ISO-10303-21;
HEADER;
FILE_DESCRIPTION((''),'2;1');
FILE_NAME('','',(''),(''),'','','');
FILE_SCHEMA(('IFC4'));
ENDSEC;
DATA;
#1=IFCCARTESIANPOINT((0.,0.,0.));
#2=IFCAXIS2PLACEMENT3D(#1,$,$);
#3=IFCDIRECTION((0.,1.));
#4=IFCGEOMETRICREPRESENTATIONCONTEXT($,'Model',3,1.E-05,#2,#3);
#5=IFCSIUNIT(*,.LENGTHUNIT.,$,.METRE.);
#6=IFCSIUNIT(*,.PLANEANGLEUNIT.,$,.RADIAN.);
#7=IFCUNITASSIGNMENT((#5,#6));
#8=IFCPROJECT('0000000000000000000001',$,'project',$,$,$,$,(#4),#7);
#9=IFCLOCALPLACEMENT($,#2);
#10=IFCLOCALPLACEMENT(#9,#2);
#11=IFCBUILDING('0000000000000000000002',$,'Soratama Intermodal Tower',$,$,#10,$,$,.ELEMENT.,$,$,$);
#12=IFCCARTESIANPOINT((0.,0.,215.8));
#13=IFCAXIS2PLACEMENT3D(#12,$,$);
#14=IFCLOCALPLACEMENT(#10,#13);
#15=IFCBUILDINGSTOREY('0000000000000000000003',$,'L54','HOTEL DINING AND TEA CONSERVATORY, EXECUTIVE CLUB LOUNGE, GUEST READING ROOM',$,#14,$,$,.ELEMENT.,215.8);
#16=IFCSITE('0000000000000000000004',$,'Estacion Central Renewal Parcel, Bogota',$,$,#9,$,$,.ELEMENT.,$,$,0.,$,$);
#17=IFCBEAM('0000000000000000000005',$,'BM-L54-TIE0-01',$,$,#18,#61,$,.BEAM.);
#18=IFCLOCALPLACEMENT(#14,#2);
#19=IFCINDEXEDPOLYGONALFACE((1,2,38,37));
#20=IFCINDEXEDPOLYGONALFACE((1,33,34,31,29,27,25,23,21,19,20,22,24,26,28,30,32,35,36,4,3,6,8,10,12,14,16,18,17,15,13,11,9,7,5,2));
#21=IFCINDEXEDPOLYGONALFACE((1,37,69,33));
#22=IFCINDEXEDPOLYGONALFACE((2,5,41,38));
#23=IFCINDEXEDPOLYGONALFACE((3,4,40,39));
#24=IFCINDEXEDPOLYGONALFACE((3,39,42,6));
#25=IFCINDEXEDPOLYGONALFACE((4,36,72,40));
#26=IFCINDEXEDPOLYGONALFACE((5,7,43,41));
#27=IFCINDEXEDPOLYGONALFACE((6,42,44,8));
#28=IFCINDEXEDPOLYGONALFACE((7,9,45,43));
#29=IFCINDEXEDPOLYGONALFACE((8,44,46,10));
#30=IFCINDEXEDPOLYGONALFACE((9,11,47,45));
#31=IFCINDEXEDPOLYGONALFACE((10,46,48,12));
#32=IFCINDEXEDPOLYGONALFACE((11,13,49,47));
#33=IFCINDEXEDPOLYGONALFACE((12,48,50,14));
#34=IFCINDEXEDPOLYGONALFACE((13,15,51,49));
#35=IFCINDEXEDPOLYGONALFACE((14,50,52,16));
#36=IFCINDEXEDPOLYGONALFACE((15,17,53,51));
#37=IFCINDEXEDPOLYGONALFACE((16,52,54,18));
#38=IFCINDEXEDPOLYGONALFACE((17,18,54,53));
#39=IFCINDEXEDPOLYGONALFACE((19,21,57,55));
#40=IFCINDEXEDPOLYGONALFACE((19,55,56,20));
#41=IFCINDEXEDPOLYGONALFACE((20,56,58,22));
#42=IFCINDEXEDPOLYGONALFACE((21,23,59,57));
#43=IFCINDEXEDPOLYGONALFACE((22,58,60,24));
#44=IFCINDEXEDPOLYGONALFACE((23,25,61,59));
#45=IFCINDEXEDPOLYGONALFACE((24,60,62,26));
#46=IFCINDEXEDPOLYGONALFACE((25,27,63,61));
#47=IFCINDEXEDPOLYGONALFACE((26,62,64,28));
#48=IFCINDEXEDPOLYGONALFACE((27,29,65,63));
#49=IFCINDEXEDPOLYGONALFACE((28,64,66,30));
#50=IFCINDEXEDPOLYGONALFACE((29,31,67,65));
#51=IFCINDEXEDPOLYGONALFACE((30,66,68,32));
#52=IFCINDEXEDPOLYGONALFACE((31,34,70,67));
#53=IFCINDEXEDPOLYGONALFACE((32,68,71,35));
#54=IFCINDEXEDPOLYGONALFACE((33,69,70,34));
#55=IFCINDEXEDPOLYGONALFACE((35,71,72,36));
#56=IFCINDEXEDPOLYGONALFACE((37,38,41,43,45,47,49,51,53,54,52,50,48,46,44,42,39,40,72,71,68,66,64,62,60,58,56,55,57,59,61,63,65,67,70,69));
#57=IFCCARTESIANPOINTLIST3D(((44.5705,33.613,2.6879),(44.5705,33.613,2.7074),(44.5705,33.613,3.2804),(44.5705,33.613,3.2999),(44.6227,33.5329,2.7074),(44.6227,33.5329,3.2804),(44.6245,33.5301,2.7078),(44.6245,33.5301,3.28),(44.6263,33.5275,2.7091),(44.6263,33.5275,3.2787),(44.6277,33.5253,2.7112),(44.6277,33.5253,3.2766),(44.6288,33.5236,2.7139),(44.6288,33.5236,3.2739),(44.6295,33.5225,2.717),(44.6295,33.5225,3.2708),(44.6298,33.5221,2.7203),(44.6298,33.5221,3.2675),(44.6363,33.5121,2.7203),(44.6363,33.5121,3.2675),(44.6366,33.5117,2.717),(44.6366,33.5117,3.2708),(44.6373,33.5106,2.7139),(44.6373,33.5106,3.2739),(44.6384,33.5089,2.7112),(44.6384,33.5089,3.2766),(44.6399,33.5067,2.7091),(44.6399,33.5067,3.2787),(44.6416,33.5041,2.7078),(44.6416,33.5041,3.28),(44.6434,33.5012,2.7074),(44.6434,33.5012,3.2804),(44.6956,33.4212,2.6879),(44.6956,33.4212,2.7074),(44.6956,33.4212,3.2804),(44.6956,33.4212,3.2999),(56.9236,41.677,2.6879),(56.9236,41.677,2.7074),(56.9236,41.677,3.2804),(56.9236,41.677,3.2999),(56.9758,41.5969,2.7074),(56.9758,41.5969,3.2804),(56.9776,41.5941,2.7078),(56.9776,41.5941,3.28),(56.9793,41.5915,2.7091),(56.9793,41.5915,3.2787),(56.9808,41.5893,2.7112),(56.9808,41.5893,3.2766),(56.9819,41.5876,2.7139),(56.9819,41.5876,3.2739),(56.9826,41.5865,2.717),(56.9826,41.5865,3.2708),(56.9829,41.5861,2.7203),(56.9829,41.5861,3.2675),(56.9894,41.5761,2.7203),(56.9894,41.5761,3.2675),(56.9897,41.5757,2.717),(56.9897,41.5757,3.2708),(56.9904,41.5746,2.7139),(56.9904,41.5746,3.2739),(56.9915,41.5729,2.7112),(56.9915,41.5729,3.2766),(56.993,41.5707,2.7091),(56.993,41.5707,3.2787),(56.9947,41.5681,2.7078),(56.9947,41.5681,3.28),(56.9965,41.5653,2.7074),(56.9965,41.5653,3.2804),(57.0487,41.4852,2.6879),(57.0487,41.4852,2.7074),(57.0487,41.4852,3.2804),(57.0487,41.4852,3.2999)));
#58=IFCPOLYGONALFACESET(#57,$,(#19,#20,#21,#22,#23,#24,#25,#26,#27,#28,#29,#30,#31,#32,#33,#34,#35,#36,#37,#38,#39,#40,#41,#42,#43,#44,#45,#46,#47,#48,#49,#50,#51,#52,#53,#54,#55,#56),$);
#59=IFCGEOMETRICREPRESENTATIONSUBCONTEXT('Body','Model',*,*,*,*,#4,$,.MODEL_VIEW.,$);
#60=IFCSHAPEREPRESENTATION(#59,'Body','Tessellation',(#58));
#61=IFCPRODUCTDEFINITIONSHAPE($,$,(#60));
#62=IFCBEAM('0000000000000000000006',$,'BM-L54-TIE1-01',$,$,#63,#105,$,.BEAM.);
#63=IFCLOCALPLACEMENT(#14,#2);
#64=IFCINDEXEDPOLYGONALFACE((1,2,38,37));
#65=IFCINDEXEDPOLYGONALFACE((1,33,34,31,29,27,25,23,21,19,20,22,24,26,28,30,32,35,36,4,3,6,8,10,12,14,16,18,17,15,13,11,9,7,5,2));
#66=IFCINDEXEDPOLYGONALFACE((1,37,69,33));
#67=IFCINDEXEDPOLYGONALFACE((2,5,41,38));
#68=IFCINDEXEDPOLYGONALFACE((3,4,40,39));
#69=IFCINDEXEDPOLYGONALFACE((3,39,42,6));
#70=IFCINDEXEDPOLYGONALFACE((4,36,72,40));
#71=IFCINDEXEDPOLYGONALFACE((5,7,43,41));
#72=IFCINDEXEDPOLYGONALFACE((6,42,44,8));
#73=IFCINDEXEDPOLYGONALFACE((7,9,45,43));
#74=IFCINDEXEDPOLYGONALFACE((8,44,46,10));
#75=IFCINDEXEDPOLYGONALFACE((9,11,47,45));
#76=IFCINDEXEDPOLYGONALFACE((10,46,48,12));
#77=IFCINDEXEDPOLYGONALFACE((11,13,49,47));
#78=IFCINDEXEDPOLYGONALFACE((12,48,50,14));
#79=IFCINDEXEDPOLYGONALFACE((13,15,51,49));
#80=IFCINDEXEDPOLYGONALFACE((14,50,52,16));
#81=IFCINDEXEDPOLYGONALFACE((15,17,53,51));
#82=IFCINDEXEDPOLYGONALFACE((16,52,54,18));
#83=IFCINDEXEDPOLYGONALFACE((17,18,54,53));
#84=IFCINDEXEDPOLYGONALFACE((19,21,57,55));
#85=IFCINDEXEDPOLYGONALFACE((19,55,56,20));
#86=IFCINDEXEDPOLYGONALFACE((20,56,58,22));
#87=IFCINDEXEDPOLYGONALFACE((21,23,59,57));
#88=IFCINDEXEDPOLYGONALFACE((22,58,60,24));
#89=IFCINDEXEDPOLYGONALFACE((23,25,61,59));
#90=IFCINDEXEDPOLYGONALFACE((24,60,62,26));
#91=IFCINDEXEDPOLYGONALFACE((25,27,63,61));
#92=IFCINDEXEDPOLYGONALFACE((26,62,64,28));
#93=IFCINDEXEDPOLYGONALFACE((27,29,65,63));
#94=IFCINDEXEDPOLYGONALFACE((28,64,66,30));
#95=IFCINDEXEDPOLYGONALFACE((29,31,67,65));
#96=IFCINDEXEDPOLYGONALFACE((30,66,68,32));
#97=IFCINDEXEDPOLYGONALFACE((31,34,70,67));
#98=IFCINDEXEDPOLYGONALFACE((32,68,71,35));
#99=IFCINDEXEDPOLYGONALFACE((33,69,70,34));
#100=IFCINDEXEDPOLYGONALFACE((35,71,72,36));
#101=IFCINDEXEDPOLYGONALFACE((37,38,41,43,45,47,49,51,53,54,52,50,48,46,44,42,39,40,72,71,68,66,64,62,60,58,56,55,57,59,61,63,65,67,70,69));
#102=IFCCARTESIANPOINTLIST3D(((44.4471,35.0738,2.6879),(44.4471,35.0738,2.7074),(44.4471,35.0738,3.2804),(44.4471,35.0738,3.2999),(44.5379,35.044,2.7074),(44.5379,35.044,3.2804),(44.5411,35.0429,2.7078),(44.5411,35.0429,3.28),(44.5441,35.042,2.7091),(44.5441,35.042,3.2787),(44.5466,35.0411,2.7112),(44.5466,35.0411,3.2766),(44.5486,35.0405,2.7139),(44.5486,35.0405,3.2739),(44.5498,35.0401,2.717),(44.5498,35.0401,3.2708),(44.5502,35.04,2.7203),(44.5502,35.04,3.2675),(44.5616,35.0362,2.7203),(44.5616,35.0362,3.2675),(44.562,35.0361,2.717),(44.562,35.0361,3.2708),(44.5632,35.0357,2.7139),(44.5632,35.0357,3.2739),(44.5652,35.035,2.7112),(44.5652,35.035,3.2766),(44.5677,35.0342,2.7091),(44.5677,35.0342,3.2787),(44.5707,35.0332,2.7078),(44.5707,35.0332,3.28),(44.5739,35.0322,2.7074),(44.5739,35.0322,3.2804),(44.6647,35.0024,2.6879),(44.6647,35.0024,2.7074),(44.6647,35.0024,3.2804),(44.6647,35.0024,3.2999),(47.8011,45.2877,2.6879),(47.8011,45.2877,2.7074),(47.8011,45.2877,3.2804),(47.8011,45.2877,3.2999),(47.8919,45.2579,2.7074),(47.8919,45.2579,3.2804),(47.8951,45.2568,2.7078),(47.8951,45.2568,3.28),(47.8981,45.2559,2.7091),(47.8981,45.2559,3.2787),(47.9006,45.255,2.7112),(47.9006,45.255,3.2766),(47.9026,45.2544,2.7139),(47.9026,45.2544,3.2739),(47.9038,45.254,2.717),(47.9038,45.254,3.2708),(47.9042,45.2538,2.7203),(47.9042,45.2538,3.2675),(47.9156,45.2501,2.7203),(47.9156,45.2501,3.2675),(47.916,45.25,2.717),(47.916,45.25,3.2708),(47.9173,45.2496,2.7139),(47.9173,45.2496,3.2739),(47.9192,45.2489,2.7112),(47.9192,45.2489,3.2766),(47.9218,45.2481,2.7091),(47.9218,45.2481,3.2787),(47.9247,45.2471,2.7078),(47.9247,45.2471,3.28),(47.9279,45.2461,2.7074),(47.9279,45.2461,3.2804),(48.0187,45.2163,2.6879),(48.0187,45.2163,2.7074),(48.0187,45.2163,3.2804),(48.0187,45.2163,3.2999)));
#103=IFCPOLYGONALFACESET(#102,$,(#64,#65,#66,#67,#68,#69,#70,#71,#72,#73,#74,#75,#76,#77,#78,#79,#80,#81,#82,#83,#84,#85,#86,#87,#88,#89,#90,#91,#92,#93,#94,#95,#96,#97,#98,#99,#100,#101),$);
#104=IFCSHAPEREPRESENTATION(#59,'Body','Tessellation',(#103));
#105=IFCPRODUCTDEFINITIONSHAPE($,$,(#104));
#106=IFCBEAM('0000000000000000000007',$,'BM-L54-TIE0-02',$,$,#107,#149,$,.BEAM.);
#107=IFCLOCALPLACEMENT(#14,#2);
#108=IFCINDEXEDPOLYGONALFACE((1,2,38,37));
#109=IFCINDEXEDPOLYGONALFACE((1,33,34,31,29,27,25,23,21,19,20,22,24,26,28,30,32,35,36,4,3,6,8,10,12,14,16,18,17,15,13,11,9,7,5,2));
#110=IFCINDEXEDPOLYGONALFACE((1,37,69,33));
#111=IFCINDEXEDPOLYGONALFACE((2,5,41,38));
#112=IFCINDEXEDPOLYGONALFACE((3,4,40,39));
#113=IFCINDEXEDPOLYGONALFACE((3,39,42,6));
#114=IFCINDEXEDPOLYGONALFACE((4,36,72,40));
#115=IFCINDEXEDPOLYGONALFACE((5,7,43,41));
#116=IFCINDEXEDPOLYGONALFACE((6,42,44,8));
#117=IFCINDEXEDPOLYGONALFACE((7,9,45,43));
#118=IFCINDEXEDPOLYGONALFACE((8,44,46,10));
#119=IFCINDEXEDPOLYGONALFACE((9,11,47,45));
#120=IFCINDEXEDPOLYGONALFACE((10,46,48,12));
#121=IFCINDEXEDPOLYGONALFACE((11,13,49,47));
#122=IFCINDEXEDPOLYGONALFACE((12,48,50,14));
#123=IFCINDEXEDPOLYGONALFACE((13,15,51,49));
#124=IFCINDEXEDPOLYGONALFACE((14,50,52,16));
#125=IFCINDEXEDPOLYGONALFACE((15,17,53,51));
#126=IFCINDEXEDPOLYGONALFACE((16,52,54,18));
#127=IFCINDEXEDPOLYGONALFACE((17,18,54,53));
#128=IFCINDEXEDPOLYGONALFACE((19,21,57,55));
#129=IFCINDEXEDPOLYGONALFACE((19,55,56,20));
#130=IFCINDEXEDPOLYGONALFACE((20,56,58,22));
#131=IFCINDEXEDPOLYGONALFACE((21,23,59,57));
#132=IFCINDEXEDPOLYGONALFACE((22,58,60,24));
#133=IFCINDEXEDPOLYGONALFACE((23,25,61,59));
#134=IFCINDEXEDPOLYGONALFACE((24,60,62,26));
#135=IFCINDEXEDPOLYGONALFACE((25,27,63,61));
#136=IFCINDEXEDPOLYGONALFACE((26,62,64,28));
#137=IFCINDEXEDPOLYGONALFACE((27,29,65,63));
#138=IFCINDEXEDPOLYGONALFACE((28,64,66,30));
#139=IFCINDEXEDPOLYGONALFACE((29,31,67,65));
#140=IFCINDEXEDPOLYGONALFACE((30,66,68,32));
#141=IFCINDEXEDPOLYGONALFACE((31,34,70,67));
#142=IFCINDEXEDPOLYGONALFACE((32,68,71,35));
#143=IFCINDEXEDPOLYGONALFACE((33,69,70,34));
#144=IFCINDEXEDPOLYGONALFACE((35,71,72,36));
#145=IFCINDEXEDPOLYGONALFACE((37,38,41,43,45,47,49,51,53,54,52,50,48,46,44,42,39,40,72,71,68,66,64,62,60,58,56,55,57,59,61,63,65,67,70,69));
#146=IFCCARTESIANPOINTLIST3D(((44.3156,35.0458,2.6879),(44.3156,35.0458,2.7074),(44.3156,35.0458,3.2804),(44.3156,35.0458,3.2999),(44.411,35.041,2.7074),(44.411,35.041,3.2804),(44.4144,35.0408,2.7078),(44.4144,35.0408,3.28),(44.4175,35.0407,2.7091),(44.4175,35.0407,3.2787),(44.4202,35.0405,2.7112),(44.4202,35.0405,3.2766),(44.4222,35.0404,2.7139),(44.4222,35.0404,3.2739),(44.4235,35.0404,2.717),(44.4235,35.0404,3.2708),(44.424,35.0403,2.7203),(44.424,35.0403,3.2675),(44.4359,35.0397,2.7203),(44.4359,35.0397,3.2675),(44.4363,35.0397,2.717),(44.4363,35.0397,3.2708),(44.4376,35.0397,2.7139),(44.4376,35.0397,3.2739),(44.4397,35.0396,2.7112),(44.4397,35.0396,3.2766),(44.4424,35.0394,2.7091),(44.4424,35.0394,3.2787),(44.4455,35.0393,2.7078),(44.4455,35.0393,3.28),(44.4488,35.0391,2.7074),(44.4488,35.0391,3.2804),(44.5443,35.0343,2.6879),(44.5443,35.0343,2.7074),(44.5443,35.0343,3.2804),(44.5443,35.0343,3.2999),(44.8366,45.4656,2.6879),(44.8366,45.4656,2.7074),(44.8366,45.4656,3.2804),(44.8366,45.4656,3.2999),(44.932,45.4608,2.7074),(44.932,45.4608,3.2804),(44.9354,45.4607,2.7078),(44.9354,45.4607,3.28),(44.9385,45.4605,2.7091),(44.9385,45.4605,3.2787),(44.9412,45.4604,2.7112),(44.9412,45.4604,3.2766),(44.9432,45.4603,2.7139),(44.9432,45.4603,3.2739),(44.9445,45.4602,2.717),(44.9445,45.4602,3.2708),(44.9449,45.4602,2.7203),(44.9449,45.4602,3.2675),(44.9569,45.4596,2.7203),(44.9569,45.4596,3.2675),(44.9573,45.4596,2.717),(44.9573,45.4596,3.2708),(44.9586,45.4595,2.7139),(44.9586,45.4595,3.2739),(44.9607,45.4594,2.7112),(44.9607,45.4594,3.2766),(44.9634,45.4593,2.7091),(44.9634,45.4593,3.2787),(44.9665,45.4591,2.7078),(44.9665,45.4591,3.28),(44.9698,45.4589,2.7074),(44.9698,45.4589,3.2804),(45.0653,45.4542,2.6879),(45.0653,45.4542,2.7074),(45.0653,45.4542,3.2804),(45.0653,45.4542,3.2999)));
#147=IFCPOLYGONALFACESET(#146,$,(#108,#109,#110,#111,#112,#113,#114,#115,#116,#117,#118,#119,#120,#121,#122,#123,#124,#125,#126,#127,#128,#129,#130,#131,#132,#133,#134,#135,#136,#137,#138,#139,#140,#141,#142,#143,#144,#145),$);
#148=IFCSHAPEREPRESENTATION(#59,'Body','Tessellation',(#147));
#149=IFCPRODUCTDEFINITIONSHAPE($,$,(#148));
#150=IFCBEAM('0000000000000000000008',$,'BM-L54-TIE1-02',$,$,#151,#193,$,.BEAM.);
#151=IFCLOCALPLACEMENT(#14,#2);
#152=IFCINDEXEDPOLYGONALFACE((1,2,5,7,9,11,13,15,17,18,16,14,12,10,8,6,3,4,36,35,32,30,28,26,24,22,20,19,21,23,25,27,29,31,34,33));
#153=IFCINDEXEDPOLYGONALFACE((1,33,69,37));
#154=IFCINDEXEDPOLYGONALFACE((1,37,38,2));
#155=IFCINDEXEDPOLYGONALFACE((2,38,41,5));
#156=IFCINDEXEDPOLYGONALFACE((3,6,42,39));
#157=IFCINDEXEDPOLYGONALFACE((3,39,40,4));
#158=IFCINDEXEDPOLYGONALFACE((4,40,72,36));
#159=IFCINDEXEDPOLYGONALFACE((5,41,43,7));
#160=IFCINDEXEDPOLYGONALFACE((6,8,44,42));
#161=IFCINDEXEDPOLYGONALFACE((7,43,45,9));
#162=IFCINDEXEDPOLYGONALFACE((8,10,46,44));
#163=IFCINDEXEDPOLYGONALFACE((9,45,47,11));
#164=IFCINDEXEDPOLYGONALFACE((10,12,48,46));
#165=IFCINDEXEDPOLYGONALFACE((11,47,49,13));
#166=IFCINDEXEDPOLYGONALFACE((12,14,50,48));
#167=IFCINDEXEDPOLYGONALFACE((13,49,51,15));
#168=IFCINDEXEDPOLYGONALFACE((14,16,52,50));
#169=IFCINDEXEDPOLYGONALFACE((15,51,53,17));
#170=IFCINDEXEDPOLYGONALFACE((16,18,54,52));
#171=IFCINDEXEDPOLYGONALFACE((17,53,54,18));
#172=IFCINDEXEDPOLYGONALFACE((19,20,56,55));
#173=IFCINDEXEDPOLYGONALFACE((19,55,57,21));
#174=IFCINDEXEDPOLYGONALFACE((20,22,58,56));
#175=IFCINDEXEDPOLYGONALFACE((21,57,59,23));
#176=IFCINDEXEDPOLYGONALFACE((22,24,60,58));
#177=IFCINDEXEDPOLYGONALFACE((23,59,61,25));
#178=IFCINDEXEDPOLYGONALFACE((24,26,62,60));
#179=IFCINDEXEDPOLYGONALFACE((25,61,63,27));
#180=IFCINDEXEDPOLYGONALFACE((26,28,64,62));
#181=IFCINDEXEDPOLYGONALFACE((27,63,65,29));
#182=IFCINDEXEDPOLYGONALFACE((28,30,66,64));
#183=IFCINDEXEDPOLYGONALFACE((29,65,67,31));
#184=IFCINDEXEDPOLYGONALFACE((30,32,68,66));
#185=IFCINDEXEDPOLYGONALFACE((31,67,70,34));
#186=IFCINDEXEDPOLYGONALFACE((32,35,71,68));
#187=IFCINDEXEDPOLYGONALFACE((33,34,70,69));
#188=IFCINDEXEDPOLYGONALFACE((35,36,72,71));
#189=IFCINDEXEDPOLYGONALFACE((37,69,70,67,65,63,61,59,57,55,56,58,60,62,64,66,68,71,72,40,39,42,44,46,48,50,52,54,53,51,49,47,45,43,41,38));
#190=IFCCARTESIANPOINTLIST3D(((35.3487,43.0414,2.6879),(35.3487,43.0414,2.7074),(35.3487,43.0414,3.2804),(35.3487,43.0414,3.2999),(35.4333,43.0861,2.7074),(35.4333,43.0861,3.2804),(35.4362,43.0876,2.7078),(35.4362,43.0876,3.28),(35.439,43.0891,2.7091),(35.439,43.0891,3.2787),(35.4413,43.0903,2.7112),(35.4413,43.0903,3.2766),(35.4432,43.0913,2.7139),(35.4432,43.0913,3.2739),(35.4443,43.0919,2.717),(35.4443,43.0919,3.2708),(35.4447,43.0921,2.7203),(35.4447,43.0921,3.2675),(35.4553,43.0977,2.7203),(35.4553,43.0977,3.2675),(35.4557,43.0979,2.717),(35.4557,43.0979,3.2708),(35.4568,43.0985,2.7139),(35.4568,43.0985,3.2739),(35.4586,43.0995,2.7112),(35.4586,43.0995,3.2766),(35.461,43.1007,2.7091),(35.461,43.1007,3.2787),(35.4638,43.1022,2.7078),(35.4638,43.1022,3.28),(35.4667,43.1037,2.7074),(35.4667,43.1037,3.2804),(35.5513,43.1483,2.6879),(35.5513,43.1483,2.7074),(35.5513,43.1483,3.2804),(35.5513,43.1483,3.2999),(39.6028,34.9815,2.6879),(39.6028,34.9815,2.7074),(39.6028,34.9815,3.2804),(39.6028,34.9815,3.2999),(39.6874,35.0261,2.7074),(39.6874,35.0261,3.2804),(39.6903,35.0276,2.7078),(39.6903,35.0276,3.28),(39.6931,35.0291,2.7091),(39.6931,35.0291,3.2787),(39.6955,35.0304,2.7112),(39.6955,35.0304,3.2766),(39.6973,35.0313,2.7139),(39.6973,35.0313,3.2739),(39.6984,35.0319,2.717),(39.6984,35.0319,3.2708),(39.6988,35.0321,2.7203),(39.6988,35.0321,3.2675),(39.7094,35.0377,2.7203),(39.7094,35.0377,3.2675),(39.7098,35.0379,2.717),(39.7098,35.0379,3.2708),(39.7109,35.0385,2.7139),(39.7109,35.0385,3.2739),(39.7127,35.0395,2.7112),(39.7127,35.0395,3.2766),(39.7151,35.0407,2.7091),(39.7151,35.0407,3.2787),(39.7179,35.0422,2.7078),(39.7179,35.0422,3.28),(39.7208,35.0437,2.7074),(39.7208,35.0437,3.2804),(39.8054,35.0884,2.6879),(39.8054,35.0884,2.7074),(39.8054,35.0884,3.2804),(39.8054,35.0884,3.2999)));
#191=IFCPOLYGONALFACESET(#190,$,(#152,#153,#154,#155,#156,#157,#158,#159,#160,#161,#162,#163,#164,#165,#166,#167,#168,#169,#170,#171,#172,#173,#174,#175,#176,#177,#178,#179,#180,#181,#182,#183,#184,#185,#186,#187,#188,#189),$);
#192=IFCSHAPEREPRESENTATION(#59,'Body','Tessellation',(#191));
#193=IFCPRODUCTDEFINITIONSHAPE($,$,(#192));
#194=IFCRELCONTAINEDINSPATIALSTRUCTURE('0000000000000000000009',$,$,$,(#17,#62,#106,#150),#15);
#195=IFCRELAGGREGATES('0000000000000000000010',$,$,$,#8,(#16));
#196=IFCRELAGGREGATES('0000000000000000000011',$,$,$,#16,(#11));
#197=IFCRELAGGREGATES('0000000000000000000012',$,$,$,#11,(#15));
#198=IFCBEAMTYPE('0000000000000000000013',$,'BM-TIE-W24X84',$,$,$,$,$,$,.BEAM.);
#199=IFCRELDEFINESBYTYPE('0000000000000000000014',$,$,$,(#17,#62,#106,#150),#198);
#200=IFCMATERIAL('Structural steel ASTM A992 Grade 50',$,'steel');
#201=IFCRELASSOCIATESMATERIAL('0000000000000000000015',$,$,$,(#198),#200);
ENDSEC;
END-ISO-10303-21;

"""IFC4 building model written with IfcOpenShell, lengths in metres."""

from ifc_helpers import new_model, si_unit, direction, frame, origin, origin_2d, place, context, subcontext, project, spatial, i_section, extrude, material, material_profile, profile_set, type_object, element, save


model = new_model("IFC4")

# Units and contexts
model_context = context("Model", 3, precision=1e-05, world=origin(), true_north=direction((0.0, 1.0)))
body_context = subcontext(model_context, "Body", "Model", "MODEL_VIEW")
ifc_project = project(units=[si_unit("LENGTHUNIT", "METRE"), si_unit("PLANEANGLEUNIT", "RADIAN")], contexts=[model_context])

# Site, building, storey
site_placement = place(None, origin())
site = spatial("IfcSite", under=ifc_project, at=site_placement, Name="Estacion Central Renewal Parcel, Bogota", CompositionType="ELEMENT", RefElevation=0.0)
building_placement = place(site_placement, origin())
building = spatial("IfcBuilding", under=site, at=building_placement, Name="Soratama Intermodal Tower", CompositionType="ELEMENT")
storey_placement = place(building_placement, frame((0.0, 0.0, 215.8)))
storey = spatial("IfcBuildingStorey", under=building, at=storey_placement, Name="L54", Description="HOTEL DINING AND TEA CONSERVATORY, EXECUTIVE CLUB LOUNGE, GUEST READING ROOM", CompositionType="ELEMENT", Elevation=215.8)

# Beams
ifc_material_1 = material(Name="Structural steel ASTM A992 Grade 50", Category="steel")
ifc_material_profile_1 = material_profile(ifc_material_1, i_section(OverallWidth=0.229, OverallDepth=0.6121, WebThickness=0.012, FlangeThickness=0.0195, FilletRadius=0.0129, at=origin_2d()), Name="W24X84")
ifc_profile_set_1 = profile_set([ifc_material_profile_1], Name="Structural steel ASTM A992 Grade 50")
beam_type_1 = type_object("IfcBeamType", Name="BM-TIE-W24X84", PredefinedType="BEAM", material=ifc_profile_set_1)
beam_1_placement = place(storey_placement, frame((44.6331, 33.5171, 2.9939), z_axis=(0.837373, 0.546631, 0.0), x_axis=(-0.546631, 0.837373, 0.0)))
element("IfcBeam", 1, at=beam_1_placement, inside=storey, type_object=beam_type_1, Name="BM-L54-TIE0-01", PredefinedType="BEAM", context=body_context, shape_type="SweptSolid", body=[
    extrude(i_section(OverallWidth=0.229, OverallDepth=0.6121, WebThickness=0.012, FlangeThickness=0.0195, FilletRadius=0.0129, at=origin_2d()), origin(), (0.0, 0.0, 1.0), 14.7522),
])
beam_2_placement = place(storey_placement, frame((44.5559, 35.0381, 2.9939), z_axis=(0.311987, 0.950086, 0.0), x_axis=(-0.950086, 0.311987, 0.0)))
element("IfcBeam", 2, at=beam_2_placement, inside=storey, type_object=beam_type_1, Name="BM-L54-TIE1-01", PredefinedType="BEAM", context=body_context, shape_type="SweptSolid", body=[
    extrude(i_section(OverallWidth=0.229, OverallDepth=0.6121, WebThickness=0.012, FlangeThickness=0.0195, FilletRadius=0.0129, at=origin_2d()), origin(), (0.0, 0.0, 1.0), 10.7505),
])
beam_3_placement = place(storey_placement, frame((44.4299, 35.04, 2.9939), z_axis=(0.049938, 0.998752, 0.0), x_axis=(-0.998752, 0.049938, 0.0)))
element("IfcBeam", 3, at=beam_3_placement, inside=storey, type_object=beam_type_1, Name="BM-L54-TIE0-02", PredefinedType="BEAM", context=body_context, shape_type="SweptSolid", body=[
    extrude(i_section(OverallWidth=0.229, OverallDepth=0.6121, WebThickness=0.012, FlangeThickness=0.0195, FilletRadius=0.0129, at=origin_2d()), origin(), (0.0, 0.0, 1.0), 10.4329),
])
beam_4_placement = place(storey_placement, frame((39.7041, 35.0349, 2.9939), z_axis=(-0.466778, 0.884374, 0.0), x_axis=(-0.884374, -0.466778, 0.0)))
element("IfcBeam", 4, at=beam_4_placement, inside=storey, type_object=beam_type_1, Name="BM-L54-TIE1-02", PredefinedType="BEAM", context=body_context, shape_type="SweptSolid", body=[
    extrude(i_section(OverallWidth=0.229, OverallDepth=0.6121, WebThickness=0.012, FlangeThickness=0.0195, FilletRadius=0.0129, at=origin_2d()), origin(), (0.0, 0.0, 1.0), 9.1138),
])

save(model, "model.ifc")
